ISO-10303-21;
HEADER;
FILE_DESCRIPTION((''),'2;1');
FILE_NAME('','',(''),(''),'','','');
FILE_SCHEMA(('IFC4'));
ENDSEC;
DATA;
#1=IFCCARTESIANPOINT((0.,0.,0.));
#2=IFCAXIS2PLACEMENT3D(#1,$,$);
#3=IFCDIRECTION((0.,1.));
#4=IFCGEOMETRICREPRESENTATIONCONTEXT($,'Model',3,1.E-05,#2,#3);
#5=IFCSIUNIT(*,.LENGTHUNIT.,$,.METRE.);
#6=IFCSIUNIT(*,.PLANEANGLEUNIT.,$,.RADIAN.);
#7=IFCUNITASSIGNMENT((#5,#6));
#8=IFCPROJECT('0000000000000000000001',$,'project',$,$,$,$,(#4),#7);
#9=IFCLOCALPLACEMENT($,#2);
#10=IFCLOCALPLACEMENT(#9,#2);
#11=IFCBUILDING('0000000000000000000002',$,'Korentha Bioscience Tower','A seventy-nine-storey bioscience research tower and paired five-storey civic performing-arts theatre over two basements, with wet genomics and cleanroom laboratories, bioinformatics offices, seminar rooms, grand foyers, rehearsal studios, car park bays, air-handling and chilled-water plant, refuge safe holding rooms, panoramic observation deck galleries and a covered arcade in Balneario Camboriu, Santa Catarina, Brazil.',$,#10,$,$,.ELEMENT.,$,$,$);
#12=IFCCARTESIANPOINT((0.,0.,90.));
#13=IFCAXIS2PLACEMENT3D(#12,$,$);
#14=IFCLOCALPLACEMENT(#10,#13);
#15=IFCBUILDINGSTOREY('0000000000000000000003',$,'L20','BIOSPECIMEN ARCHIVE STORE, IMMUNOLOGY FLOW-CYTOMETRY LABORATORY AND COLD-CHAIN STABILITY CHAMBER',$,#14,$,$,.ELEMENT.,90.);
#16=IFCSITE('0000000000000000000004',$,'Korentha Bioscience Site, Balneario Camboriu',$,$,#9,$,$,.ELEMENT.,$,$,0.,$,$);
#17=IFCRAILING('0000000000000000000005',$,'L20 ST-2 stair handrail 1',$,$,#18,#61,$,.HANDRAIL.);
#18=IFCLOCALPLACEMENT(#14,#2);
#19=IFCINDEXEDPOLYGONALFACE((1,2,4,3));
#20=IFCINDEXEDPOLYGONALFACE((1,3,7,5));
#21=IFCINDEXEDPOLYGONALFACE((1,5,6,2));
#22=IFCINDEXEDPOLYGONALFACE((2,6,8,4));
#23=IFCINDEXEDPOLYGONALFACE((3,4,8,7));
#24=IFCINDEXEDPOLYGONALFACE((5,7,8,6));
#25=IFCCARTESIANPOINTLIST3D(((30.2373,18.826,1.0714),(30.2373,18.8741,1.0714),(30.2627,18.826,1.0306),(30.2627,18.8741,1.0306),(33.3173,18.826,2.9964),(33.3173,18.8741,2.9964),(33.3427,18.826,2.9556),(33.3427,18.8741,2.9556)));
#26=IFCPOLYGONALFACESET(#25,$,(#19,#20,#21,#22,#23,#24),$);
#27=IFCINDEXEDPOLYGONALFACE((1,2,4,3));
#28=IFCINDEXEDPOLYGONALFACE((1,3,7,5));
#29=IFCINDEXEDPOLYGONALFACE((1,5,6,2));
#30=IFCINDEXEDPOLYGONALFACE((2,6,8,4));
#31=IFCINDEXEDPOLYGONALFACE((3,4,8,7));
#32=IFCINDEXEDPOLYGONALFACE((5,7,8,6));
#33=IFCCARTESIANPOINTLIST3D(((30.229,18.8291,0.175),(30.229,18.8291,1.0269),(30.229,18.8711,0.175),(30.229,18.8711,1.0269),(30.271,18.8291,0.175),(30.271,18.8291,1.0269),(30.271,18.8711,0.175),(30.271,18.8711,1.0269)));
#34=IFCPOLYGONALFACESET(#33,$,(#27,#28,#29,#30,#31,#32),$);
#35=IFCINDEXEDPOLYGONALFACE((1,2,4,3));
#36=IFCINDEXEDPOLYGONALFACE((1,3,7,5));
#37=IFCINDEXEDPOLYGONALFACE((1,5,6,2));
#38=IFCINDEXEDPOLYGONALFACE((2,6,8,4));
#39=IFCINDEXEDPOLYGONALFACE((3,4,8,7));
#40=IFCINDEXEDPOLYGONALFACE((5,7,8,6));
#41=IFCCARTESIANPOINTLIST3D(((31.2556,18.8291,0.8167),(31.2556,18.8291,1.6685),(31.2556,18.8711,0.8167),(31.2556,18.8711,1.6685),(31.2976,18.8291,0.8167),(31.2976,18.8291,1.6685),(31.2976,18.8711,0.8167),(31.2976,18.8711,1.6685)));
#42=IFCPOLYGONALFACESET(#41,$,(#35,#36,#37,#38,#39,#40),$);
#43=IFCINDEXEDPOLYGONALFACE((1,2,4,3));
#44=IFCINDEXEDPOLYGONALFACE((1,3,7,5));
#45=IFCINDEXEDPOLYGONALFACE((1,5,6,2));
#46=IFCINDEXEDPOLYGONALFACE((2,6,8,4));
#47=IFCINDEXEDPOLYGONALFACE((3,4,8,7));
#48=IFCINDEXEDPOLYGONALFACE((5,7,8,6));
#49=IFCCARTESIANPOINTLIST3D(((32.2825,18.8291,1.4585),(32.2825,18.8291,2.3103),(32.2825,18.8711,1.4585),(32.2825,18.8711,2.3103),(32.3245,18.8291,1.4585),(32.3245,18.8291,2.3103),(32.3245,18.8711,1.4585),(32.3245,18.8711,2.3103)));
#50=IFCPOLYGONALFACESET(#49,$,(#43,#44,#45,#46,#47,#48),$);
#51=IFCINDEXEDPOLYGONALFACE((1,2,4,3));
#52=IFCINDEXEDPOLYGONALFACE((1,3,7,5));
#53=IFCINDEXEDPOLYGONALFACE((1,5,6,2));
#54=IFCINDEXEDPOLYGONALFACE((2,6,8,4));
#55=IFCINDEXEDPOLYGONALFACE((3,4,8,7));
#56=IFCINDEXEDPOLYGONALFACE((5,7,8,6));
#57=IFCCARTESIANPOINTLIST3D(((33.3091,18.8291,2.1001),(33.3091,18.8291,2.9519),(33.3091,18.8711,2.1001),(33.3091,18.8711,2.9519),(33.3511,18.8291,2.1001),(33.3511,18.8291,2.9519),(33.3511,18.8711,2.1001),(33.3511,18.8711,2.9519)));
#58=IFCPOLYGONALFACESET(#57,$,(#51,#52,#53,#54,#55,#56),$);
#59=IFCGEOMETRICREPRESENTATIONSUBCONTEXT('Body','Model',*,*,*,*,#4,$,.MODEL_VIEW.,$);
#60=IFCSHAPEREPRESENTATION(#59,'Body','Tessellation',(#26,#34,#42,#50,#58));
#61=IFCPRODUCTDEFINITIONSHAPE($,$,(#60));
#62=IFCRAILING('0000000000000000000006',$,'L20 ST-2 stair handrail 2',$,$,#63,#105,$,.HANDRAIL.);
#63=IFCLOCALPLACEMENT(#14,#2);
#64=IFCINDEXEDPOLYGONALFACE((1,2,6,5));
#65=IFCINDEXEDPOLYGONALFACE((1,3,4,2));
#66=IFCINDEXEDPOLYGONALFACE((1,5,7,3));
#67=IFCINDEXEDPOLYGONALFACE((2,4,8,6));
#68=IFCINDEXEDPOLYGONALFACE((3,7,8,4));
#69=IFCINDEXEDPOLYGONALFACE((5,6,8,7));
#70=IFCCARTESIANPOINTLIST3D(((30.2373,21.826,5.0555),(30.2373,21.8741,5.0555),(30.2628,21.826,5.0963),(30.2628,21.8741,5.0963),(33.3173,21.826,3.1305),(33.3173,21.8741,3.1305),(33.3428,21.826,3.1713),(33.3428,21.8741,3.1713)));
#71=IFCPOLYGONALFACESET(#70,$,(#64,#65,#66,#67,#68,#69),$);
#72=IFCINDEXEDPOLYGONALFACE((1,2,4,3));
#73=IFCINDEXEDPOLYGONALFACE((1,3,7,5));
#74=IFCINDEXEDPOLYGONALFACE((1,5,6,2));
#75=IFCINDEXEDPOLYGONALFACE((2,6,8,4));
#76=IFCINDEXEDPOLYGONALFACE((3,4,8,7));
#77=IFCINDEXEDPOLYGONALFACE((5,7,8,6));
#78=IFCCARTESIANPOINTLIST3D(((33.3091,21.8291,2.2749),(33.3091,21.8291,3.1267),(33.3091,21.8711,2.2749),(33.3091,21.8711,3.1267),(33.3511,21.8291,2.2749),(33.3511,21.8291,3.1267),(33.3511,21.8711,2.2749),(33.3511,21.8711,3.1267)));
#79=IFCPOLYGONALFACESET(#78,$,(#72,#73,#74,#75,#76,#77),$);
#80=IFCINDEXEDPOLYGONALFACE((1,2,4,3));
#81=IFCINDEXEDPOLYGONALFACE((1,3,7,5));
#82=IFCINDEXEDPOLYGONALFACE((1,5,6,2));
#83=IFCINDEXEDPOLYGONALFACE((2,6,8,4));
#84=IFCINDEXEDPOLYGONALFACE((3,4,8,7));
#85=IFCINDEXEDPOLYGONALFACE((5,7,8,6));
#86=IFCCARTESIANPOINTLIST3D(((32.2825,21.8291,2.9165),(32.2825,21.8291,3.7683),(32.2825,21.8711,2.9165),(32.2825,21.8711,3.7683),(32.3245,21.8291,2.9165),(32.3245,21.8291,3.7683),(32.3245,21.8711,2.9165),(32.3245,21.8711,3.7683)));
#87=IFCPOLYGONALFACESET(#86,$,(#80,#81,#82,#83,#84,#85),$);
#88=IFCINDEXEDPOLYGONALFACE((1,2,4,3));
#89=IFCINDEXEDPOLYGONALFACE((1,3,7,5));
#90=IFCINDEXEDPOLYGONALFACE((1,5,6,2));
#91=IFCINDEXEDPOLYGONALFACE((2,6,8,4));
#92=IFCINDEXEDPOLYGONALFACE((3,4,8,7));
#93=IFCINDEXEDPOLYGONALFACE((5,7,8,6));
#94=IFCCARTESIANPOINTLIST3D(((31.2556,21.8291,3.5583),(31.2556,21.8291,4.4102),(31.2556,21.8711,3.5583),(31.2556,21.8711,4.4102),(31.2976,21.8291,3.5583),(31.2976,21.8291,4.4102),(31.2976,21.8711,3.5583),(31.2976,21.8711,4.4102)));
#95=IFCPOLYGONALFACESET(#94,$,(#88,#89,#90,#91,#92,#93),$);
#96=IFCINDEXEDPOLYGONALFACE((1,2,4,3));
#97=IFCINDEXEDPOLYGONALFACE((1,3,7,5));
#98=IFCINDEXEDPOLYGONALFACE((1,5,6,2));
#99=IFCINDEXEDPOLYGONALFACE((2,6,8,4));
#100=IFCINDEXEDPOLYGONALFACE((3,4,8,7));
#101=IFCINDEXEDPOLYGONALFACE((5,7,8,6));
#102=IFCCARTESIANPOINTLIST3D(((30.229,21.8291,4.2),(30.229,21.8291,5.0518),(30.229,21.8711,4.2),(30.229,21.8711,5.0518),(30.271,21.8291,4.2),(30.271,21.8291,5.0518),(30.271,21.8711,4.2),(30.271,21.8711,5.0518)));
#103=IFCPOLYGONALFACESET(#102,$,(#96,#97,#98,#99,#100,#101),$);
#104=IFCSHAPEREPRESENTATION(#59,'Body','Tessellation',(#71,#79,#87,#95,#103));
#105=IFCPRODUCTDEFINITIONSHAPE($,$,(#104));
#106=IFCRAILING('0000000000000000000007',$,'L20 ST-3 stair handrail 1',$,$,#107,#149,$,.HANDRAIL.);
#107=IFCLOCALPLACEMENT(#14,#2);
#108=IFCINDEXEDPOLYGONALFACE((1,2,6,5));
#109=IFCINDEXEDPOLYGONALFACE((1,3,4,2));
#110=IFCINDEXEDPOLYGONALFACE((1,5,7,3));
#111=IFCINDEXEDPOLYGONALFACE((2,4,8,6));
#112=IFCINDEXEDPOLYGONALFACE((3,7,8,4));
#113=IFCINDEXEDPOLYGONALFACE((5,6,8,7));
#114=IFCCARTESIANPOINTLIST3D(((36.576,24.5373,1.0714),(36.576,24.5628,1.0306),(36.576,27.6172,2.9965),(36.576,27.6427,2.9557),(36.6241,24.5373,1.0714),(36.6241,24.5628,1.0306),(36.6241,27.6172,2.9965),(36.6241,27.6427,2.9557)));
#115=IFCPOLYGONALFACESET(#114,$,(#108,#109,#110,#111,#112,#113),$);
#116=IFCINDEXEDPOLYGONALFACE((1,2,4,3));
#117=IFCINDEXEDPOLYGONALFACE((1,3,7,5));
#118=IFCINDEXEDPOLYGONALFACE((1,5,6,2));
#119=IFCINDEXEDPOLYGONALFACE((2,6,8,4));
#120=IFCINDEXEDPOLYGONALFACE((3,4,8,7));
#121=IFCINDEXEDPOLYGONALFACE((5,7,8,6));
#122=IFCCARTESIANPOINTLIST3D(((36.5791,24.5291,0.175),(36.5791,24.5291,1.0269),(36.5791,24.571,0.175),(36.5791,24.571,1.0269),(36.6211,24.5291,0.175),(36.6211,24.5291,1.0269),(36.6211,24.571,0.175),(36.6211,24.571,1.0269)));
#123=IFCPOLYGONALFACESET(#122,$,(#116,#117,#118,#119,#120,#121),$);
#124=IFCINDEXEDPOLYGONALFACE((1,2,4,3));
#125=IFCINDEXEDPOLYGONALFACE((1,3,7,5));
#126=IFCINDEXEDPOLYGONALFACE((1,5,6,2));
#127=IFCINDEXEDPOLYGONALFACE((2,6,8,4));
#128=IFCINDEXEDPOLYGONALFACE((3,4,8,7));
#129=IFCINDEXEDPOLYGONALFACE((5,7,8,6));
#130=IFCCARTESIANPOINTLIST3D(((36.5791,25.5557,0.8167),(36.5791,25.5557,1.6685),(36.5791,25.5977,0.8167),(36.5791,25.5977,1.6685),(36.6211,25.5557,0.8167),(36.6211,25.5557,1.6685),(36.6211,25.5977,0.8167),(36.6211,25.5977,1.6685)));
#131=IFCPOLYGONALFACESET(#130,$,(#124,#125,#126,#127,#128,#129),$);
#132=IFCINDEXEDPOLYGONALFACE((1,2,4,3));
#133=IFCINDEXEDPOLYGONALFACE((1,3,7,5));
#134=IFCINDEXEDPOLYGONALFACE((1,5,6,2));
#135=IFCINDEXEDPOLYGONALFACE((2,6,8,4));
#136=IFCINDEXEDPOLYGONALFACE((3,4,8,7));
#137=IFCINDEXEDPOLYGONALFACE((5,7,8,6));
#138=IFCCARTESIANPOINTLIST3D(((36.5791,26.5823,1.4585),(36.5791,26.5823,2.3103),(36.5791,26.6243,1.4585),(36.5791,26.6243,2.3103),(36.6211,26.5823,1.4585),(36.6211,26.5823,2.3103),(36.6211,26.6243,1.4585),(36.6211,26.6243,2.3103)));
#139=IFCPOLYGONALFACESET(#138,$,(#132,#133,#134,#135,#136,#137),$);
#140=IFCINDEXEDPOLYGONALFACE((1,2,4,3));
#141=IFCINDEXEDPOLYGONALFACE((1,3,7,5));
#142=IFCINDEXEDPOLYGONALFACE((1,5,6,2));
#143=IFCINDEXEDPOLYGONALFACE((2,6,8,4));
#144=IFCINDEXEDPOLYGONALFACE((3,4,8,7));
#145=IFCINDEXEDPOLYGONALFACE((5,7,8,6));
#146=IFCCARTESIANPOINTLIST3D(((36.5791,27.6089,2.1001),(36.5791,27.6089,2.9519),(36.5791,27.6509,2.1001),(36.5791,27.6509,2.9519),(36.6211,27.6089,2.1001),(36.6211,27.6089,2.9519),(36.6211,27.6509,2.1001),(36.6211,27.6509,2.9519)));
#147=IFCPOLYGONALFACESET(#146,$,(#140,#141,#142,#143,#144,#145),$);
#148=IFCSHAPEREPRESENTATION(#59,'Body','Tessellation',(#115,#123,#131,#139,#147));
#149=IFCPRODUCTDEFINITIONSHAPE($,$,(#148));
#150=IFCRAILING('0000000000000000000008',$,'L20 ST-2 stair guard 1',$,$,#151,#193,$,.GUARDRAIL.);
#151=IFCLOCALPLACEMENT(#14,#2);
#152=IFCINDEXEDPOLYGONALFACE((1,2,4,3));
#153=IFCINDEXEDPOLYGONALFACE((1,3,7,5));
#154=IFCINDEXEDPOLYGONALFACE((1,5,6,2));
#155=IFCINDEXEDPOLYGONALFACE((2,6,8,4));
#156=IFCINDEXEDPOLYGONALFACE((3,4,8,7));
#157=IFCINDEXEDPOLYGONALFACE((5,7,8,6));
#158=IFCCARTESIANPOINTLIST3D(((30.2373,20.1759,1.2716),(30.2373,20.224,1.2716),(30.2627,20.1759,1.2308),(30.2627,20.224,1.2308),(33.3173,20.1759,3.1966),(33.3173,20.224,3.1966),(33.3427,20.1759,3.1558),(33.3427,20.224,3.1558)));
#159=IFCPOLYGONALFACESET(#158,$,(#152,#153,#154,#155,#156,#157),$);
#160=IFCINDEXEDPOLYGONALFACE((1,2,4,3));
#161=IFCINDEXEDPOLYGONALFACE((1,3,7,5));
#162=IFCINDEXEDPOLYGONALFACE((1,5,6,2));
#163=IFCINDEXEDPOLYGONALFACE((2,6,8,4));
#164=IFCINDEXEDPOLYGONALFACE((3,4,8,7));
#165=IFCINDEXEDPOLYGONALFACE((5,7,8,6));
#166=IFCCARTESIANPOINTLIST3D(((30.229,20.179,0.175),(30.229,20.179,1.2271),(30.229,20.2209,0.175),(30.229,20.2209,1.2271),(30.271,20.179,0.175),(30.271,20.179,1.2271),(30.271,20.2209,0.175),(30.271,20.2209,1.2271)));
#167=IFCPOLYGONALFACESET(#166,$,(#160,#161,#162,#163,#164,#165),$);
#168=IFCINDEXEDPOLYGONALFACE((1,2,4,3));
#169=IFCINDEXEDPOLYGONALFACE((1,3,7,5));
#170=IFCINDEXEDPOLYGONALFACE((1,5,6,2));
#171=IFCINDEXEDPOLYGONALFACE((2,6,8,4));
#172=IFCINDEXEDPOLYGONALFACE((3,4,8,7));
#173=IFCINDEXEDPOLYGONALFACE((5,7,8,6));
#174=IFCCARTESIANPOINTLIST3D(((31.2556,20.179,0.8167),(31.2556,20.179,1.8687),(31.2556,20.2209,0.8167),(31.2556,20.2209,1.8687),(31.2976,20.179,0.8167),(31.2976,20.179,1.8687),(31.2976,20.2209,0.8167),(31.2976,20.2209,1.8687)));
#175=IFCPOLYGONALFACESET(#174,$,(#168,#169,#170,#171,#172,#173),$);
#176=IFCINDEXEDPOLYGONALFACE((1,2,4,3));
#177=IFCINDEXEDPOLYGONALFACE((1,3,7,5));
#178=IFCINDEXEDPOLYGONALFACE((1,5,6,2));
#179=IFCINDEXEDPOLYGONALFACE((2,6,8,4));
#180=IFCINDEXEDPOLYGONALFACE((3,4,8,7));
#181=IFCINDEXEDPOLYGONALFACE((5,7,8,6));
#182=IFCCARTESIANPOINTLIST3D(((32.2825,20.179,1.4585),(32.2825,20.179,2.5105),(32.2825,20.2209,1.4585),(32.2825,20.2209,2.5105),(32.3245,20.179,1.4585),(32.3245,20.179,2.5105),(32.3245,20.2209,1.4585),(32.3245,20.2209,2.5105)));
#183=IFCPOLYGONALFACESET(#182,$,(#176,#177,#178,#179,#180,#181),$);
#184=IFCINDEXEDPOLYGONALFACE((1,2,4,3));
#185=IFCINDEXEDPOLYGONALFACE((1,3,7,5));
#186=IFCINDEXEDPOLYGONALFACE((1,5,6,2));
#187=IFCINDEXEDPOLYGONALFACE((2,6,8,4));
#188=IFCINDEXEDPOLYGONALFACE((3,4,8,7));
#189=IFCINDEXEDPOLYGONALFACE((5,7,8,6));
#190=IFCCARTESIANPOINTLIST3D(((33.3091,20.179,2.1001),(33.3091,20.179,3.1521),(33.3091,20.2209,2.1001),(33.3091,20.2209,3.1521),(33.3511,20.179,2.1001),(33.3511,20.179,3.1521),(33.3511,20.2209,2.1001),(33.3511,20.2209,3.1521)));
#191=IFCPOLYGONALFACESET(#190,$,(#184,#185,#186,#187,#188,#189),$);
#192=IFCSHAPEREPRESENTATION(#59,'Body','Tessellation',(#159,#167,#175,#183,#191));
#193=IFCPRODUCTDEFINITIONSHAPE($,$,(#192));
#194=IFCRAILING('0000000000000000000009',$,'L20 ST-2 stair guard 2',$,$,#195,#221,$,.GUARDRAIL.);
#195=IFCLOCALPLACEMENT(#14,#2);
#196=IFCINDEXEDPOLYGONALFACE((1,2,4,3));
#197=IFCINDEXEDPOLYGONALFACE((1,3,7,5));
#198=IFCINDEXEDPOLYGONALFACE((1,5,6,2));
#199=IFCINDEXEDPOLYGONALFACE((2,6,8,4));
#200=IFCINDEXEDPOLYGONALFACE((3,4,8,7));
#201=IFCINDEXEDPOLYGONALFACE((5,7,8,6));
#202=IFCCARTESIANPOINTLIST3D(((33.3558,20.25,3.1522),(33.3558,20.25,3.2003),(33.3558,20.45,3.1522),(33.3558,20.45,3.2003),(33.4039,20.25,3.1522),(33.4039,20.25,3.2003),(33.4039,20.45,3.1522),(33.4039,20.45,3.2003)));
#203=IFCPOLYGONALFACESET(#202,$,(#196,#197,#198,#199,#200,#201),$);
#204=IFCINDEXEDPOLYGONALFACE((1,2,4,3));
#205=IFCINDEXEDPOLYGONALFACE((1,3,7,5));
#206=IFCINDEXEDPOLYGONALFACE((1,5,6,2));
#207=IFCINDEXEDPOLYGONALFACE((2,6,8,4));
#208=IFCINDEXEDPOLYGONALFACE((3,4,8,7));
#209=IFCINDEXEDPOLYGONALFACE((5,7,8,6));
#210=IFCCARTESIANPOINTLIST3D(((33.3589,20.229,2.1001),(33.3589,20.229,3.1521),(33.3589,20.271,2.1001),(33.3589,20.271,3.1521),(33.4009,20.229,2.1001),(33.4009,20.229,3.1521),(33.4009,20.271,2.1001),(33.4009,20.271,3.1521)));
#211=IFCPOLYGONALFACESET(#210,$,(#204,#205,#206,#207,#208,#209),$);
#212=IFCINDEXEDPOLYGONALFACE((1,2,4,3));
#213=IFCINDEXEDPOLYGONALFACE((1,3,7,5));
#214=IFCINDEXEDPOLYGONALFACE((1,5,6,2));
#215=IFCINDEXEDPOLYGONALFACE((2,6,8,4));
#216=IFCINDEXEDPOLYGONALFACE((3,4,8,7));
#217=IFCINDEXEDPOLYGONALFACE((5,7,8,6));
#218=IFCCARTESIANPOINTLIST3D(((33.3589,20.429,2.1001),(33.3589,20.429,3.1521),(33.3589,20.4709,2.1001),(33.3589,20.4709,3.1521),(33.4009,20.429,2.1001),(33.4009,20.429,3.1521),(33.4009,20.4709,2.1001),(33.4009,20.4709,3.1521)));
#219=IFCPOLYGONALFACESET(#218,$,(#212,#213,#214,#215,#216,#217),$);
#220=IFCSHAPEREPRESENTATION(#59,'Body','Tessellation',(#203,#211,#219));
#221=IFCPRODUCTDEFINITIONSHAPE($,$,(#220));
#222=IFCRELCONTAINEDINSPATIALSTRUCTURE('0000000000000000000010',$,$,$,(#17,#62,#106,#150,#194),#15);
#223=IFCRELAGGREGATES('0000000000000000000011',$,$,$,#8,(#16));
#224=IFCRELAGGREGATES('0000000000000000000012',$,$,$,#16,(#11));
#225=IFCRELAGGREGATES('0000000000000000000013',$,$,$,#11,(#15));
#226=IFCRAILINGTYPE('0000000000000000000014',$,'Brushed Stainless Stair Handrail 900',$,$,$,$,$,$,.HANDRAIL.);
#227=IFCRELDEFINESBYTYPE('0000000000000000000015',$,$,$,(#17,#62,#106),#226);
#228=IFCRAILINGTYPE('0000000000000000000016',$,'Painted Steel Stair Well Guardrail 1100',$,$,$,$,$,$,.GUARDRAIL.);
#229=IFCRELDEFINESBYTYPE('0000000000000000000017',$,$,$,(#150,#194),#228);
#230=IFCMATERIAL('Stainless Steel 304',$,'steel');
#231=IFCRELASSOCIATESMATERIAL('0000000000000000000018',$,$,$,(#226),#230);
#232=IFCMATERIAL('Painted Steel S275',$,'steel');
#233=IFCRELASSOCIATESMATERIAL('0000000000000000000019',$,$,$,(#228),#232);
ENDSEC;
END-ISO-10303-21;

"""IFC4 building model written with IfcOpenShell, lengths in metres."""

from ifc_helpers import new_model, si_unit, direction, frame, origin, origin_2d, place, context, subcontext, project, spatial, rectangle, extrude, material, type_object, element, save


model = new_model("IFC4")

# Units and contexts
model_context = context("Model", 3, precision=1e-05, world=origin(), true_north=direction((0.0, 1.0)))
body_context = subcontext(model_context, "Body", "Model", "MODEL_VIEW")
ifc_project = project(units=[si_unit("LENGTHUNIT", "METRE"), si_unit("PLANEANGLEUNIT", "RADIAN")], contexts=[model_context])

# Site, building, storey
site_placement = place(None, origin())
site = spatial("IfcSite", under=ifc_project, at=site_placement, Name="Korentha Bioscience Site, Balneario Camboriu", CompositionType="ELEMENT", RefElevation=0.0)
building_placement = place(site_placement, origin())
building = spatial("IfcBuilding", under=site, at=building_placement, Name="Korentha Bioscience Tower", Description="A seventy-nine-storey bioscience research tower and paired five-storey civic performing-arts theatre over two basements, with wet genomics and cleanroom laboratories, bioinformatics offices, seminar rooms, grand foyers, rehearsal studios, car park bays, air-handling and chilled-water plant, refuge safe holding rooms, panoramic observation deck galleries and a covered arcade in Balneario Camboriu, Santa Catarina, Brazil.", CompositionType="ELEMENT")
storey_placement = place(building_placement, frame((0.0, 0.0, 90.0)))
storey = spatial("IfcBuildingStorey", under=building, at=storey_placement, Name="L20", Description="BIOSPECIMEN ARCHIVE STORE, IMMUNOLOGY FLOW-CYTOMETRY LABORATORY AND COLD-CHAIN STABILITY CHAMBER", CompositionType="ELEMENT", Elevation=90.0)

# Railings
ifc_material_1 = material(Name="Stainless Steel 304", Category="steel")
railing_type_1 = type_object("IfcRailingType", Name="Brushed Stainless Stair Handrail 900", PredefinedType="HANDRAIL", material=ifc_material_1)
railing_1_placement = place(storey_placement, frame((30.25, 18.8501, 0.175)))
element("IfcRailing", 1, at=railing_1_placement, inside=storey, type_object=railing_type_1, Name="L20 ST-2 stair handrail 1", PredefinedType="HANDRAIL", context=body_context, shape_type="SweptSolid", body=[
    extrude(rectangle(XDim=0.0481, YDim=0.0481, at=origin_2d()), frame((0.0, 0.0, 0.876), z_axis=(0.847998, 0.0, 0.529999), x_axis=(0.0, 1.0, 0.0)), (0.0, 0.0, 1.0), 3.6321),
    extrude(rectangle(XDim=0.042, YDim=0.042, at=origin_2d()), origin(), (0.0, 0.0, 1.0), 0.8518),
    extrude(rectangle(XDim=0.042, YDim=0.042, at=origin_2d()), frame((1.0266, 0.0, 0.6416)), (0.0, 0.0, 1.0), 0.8518),
    extrude(rectangle(XDim=0.042, YDim=0.042, at=origin_2d()), frame((2.0535, 0.0, 1.2834)), (0.0, 0.0, 1.0), 0.8518),
    extrude(rectangle(XDim=0.042, YDim=0.042, at=origin_2d()), frame((3.0801, 0.0, 1.925)), (0.0, 0.0, 1.0), 0.8518),
])
railing_2_placement = place(storey_placement, frame((33.3301, 21.8501, 2.2749)))
element("IfcRailing", 2, at=railing_2_placement, inside=storey, type_object=railing_type_1, Name="L20 ST-2 stair handrail 2", PredefinedType="HANDRAIL", context=body_context, shape_type="SweptSolid", body=[
    extrude(rectangle(XDim=0.0481, YDim=0.0481, at=origin_2d()), frame((0.0, 0.0, 0.876), z_axis=(-0.847998, 0.0, 0.529999), x_axis=(0.0, -1.0, 0.0)), (0.0, 0.0, 1.0), 3.6321),
    extrude(rectangle(XDim=0.042, YDim=0.042, at=origin_2d()), origin(), (0.0, 0.0, 1.0), 0.8518),
    extrude(rectangle(XDim=0.042, YDim=0.042, at=origin_2d()), frame((-1.0266, 0.0, 0.6416)), (0.0, 0.0, 1.0), 0.8518),
    extrude(rectangle(XDim=0.042, YDim=0.042, at=origin_2d()), frame((-2.0535, 0.0, 1.2834)), (0.0, 0.0, 1.0), 0.8518),
    extrude(rectangle(XDim=0.042, YDim=0.042, at=origin_2d()), frame((-3.0801, 0.0, 1.925)), (0.0, 0.0, 1.0), 0.8518),
])
railing_3_placement = place(storey_placement, frame((36.6001, 24.55, 0.175)))
element("IfcRailing", 3, at=railing_3_placement, inside=storey, type_object=railing_type_1, Name="L20 ST-3 stair handrail 1", PredefinedType="HANDRAIL", context=body_context, shape_type="SweptSolid", body=[
    extrude(rectangle(XDim=0.0481, YDim=0.0481, at=origin_2d()), frame((0.0, 0.0, 0.876), z_axis=(0.0, 0.847979, 0.530029), x_axis=(-1.0, 0.0, 0.0)), (0.0, 0.0, 1.0), 3.6321),
    extrude(rectangle(XDim=0.042, YDim=0.042, at=origin_2d()), origin(), (0.0, 0.0, 1.0), 0.8518),
    extrude(rectangle(XDim=0.042, YDim=0.042, at=origin_2d()), frame((0.0, 1.0266, 0.6416)), (0.0, 0.0, 1.0), 0.8518),
    extrude(rectangle(XDim=0.042, YDim=0.042, at=origin_2d()), frame((0.0, 2.0532, 1.2834)), (0.0, 0.0, 1.0), 0.8518),
    extrude(rectangle(XDim=0.042, YDim=0.042, at=origin_2d()), frame((0.0, 3.0798, 1.925)), (0.0, 0.0, 1.0), 0.8518),
])
ifc_material_2 = material(Name="Painted Steel S275", Category="steel")
railing_type_2 = type_object("IfcRailingType", Name="Painted Steel Stair Well Guardrail 1100", PredefinedType="GUARDRAIL", material=ifc_material_2)
railing_4_placement = place(storey_placement, frame((30.25, 20.2, 0.175)))
element("IfcRailing", 4, at=railing_4_placement, inside=storey, type_object=railing_type_2, Name="L20 ST-2 stair guard 1", PredefinedType="GUARDRAIL", context=body_context, shape_type="SweptSolid", body=[
    extrude(rectangle(XDim=0.0481, YDim=0.0481, at=origin_2d()), frame((0.0, 0.0, 1.0762), z_axis=(0.847998, 0.0, 0.529999), x_axis=(0.0, 1.0, 0.0)), (0.0, 0.0, 1.0), 3.6321),
    extrude(rectangle(XDim=0.042, YDim=0.042, at=origin_2d()), origin(), (0.0, 0.0, 1.0), 1.052),
    extrude(rectangle(XDim=0.042, YDim=0.042, at=origin_2d()), frame((1.0266, 0.0, 0.6416)), (0.0, 0.0, 1.0), 1.052),
    extrude(rectangle(XDim=0.042, YDim=0.042, at=origin_2d()), frame((2.0535, 0.0, 1.2834)), (0.0, 0.0, 1.0), 1.052),
    extrude(rectangle(XDim=0.042, YDim=0.042, at=origin_2d()), frame((3.0801, 0.0, 1.925)), (0.0, 0.0, 1.0), 1.052),
])
railing_5_placement = place(storey_placement, frame((33.3799, 20.25, 2.1001)))
element("IfcRailing", 5, at=railing_5_placement, inside=storey, type_object=railing_type_2, Name="L20 ST-2 stair guard 2", PredefinedType="GUARDRAIL", context=body_context, shape_type="SweptSolid", body=[
    extrude(rectangle(XDim=0.0481, YDim=0.0481, at=origin_2d()), frame((0.0, 0.0, 1.0762), z_axis=(0.0, 1.0, 0.0), x_axis=(-1.0, 0.0, 0.0)), (0.0, 0.0, 1.0), 0.2),
    extrude(rectangle(XDim=0.042, YDim=0.042, at=origin_2d()), origin(), (0.0, 0.0, 1.0), 1.052),
    extrude(rectangle(XDim=0.042, YDim=0.042, at=origin_2d()), frame((0.0, 0.2, 0.0)), (0.0, 0.0, 1.0), 1.052),
])

save(model, "model.ifc")
